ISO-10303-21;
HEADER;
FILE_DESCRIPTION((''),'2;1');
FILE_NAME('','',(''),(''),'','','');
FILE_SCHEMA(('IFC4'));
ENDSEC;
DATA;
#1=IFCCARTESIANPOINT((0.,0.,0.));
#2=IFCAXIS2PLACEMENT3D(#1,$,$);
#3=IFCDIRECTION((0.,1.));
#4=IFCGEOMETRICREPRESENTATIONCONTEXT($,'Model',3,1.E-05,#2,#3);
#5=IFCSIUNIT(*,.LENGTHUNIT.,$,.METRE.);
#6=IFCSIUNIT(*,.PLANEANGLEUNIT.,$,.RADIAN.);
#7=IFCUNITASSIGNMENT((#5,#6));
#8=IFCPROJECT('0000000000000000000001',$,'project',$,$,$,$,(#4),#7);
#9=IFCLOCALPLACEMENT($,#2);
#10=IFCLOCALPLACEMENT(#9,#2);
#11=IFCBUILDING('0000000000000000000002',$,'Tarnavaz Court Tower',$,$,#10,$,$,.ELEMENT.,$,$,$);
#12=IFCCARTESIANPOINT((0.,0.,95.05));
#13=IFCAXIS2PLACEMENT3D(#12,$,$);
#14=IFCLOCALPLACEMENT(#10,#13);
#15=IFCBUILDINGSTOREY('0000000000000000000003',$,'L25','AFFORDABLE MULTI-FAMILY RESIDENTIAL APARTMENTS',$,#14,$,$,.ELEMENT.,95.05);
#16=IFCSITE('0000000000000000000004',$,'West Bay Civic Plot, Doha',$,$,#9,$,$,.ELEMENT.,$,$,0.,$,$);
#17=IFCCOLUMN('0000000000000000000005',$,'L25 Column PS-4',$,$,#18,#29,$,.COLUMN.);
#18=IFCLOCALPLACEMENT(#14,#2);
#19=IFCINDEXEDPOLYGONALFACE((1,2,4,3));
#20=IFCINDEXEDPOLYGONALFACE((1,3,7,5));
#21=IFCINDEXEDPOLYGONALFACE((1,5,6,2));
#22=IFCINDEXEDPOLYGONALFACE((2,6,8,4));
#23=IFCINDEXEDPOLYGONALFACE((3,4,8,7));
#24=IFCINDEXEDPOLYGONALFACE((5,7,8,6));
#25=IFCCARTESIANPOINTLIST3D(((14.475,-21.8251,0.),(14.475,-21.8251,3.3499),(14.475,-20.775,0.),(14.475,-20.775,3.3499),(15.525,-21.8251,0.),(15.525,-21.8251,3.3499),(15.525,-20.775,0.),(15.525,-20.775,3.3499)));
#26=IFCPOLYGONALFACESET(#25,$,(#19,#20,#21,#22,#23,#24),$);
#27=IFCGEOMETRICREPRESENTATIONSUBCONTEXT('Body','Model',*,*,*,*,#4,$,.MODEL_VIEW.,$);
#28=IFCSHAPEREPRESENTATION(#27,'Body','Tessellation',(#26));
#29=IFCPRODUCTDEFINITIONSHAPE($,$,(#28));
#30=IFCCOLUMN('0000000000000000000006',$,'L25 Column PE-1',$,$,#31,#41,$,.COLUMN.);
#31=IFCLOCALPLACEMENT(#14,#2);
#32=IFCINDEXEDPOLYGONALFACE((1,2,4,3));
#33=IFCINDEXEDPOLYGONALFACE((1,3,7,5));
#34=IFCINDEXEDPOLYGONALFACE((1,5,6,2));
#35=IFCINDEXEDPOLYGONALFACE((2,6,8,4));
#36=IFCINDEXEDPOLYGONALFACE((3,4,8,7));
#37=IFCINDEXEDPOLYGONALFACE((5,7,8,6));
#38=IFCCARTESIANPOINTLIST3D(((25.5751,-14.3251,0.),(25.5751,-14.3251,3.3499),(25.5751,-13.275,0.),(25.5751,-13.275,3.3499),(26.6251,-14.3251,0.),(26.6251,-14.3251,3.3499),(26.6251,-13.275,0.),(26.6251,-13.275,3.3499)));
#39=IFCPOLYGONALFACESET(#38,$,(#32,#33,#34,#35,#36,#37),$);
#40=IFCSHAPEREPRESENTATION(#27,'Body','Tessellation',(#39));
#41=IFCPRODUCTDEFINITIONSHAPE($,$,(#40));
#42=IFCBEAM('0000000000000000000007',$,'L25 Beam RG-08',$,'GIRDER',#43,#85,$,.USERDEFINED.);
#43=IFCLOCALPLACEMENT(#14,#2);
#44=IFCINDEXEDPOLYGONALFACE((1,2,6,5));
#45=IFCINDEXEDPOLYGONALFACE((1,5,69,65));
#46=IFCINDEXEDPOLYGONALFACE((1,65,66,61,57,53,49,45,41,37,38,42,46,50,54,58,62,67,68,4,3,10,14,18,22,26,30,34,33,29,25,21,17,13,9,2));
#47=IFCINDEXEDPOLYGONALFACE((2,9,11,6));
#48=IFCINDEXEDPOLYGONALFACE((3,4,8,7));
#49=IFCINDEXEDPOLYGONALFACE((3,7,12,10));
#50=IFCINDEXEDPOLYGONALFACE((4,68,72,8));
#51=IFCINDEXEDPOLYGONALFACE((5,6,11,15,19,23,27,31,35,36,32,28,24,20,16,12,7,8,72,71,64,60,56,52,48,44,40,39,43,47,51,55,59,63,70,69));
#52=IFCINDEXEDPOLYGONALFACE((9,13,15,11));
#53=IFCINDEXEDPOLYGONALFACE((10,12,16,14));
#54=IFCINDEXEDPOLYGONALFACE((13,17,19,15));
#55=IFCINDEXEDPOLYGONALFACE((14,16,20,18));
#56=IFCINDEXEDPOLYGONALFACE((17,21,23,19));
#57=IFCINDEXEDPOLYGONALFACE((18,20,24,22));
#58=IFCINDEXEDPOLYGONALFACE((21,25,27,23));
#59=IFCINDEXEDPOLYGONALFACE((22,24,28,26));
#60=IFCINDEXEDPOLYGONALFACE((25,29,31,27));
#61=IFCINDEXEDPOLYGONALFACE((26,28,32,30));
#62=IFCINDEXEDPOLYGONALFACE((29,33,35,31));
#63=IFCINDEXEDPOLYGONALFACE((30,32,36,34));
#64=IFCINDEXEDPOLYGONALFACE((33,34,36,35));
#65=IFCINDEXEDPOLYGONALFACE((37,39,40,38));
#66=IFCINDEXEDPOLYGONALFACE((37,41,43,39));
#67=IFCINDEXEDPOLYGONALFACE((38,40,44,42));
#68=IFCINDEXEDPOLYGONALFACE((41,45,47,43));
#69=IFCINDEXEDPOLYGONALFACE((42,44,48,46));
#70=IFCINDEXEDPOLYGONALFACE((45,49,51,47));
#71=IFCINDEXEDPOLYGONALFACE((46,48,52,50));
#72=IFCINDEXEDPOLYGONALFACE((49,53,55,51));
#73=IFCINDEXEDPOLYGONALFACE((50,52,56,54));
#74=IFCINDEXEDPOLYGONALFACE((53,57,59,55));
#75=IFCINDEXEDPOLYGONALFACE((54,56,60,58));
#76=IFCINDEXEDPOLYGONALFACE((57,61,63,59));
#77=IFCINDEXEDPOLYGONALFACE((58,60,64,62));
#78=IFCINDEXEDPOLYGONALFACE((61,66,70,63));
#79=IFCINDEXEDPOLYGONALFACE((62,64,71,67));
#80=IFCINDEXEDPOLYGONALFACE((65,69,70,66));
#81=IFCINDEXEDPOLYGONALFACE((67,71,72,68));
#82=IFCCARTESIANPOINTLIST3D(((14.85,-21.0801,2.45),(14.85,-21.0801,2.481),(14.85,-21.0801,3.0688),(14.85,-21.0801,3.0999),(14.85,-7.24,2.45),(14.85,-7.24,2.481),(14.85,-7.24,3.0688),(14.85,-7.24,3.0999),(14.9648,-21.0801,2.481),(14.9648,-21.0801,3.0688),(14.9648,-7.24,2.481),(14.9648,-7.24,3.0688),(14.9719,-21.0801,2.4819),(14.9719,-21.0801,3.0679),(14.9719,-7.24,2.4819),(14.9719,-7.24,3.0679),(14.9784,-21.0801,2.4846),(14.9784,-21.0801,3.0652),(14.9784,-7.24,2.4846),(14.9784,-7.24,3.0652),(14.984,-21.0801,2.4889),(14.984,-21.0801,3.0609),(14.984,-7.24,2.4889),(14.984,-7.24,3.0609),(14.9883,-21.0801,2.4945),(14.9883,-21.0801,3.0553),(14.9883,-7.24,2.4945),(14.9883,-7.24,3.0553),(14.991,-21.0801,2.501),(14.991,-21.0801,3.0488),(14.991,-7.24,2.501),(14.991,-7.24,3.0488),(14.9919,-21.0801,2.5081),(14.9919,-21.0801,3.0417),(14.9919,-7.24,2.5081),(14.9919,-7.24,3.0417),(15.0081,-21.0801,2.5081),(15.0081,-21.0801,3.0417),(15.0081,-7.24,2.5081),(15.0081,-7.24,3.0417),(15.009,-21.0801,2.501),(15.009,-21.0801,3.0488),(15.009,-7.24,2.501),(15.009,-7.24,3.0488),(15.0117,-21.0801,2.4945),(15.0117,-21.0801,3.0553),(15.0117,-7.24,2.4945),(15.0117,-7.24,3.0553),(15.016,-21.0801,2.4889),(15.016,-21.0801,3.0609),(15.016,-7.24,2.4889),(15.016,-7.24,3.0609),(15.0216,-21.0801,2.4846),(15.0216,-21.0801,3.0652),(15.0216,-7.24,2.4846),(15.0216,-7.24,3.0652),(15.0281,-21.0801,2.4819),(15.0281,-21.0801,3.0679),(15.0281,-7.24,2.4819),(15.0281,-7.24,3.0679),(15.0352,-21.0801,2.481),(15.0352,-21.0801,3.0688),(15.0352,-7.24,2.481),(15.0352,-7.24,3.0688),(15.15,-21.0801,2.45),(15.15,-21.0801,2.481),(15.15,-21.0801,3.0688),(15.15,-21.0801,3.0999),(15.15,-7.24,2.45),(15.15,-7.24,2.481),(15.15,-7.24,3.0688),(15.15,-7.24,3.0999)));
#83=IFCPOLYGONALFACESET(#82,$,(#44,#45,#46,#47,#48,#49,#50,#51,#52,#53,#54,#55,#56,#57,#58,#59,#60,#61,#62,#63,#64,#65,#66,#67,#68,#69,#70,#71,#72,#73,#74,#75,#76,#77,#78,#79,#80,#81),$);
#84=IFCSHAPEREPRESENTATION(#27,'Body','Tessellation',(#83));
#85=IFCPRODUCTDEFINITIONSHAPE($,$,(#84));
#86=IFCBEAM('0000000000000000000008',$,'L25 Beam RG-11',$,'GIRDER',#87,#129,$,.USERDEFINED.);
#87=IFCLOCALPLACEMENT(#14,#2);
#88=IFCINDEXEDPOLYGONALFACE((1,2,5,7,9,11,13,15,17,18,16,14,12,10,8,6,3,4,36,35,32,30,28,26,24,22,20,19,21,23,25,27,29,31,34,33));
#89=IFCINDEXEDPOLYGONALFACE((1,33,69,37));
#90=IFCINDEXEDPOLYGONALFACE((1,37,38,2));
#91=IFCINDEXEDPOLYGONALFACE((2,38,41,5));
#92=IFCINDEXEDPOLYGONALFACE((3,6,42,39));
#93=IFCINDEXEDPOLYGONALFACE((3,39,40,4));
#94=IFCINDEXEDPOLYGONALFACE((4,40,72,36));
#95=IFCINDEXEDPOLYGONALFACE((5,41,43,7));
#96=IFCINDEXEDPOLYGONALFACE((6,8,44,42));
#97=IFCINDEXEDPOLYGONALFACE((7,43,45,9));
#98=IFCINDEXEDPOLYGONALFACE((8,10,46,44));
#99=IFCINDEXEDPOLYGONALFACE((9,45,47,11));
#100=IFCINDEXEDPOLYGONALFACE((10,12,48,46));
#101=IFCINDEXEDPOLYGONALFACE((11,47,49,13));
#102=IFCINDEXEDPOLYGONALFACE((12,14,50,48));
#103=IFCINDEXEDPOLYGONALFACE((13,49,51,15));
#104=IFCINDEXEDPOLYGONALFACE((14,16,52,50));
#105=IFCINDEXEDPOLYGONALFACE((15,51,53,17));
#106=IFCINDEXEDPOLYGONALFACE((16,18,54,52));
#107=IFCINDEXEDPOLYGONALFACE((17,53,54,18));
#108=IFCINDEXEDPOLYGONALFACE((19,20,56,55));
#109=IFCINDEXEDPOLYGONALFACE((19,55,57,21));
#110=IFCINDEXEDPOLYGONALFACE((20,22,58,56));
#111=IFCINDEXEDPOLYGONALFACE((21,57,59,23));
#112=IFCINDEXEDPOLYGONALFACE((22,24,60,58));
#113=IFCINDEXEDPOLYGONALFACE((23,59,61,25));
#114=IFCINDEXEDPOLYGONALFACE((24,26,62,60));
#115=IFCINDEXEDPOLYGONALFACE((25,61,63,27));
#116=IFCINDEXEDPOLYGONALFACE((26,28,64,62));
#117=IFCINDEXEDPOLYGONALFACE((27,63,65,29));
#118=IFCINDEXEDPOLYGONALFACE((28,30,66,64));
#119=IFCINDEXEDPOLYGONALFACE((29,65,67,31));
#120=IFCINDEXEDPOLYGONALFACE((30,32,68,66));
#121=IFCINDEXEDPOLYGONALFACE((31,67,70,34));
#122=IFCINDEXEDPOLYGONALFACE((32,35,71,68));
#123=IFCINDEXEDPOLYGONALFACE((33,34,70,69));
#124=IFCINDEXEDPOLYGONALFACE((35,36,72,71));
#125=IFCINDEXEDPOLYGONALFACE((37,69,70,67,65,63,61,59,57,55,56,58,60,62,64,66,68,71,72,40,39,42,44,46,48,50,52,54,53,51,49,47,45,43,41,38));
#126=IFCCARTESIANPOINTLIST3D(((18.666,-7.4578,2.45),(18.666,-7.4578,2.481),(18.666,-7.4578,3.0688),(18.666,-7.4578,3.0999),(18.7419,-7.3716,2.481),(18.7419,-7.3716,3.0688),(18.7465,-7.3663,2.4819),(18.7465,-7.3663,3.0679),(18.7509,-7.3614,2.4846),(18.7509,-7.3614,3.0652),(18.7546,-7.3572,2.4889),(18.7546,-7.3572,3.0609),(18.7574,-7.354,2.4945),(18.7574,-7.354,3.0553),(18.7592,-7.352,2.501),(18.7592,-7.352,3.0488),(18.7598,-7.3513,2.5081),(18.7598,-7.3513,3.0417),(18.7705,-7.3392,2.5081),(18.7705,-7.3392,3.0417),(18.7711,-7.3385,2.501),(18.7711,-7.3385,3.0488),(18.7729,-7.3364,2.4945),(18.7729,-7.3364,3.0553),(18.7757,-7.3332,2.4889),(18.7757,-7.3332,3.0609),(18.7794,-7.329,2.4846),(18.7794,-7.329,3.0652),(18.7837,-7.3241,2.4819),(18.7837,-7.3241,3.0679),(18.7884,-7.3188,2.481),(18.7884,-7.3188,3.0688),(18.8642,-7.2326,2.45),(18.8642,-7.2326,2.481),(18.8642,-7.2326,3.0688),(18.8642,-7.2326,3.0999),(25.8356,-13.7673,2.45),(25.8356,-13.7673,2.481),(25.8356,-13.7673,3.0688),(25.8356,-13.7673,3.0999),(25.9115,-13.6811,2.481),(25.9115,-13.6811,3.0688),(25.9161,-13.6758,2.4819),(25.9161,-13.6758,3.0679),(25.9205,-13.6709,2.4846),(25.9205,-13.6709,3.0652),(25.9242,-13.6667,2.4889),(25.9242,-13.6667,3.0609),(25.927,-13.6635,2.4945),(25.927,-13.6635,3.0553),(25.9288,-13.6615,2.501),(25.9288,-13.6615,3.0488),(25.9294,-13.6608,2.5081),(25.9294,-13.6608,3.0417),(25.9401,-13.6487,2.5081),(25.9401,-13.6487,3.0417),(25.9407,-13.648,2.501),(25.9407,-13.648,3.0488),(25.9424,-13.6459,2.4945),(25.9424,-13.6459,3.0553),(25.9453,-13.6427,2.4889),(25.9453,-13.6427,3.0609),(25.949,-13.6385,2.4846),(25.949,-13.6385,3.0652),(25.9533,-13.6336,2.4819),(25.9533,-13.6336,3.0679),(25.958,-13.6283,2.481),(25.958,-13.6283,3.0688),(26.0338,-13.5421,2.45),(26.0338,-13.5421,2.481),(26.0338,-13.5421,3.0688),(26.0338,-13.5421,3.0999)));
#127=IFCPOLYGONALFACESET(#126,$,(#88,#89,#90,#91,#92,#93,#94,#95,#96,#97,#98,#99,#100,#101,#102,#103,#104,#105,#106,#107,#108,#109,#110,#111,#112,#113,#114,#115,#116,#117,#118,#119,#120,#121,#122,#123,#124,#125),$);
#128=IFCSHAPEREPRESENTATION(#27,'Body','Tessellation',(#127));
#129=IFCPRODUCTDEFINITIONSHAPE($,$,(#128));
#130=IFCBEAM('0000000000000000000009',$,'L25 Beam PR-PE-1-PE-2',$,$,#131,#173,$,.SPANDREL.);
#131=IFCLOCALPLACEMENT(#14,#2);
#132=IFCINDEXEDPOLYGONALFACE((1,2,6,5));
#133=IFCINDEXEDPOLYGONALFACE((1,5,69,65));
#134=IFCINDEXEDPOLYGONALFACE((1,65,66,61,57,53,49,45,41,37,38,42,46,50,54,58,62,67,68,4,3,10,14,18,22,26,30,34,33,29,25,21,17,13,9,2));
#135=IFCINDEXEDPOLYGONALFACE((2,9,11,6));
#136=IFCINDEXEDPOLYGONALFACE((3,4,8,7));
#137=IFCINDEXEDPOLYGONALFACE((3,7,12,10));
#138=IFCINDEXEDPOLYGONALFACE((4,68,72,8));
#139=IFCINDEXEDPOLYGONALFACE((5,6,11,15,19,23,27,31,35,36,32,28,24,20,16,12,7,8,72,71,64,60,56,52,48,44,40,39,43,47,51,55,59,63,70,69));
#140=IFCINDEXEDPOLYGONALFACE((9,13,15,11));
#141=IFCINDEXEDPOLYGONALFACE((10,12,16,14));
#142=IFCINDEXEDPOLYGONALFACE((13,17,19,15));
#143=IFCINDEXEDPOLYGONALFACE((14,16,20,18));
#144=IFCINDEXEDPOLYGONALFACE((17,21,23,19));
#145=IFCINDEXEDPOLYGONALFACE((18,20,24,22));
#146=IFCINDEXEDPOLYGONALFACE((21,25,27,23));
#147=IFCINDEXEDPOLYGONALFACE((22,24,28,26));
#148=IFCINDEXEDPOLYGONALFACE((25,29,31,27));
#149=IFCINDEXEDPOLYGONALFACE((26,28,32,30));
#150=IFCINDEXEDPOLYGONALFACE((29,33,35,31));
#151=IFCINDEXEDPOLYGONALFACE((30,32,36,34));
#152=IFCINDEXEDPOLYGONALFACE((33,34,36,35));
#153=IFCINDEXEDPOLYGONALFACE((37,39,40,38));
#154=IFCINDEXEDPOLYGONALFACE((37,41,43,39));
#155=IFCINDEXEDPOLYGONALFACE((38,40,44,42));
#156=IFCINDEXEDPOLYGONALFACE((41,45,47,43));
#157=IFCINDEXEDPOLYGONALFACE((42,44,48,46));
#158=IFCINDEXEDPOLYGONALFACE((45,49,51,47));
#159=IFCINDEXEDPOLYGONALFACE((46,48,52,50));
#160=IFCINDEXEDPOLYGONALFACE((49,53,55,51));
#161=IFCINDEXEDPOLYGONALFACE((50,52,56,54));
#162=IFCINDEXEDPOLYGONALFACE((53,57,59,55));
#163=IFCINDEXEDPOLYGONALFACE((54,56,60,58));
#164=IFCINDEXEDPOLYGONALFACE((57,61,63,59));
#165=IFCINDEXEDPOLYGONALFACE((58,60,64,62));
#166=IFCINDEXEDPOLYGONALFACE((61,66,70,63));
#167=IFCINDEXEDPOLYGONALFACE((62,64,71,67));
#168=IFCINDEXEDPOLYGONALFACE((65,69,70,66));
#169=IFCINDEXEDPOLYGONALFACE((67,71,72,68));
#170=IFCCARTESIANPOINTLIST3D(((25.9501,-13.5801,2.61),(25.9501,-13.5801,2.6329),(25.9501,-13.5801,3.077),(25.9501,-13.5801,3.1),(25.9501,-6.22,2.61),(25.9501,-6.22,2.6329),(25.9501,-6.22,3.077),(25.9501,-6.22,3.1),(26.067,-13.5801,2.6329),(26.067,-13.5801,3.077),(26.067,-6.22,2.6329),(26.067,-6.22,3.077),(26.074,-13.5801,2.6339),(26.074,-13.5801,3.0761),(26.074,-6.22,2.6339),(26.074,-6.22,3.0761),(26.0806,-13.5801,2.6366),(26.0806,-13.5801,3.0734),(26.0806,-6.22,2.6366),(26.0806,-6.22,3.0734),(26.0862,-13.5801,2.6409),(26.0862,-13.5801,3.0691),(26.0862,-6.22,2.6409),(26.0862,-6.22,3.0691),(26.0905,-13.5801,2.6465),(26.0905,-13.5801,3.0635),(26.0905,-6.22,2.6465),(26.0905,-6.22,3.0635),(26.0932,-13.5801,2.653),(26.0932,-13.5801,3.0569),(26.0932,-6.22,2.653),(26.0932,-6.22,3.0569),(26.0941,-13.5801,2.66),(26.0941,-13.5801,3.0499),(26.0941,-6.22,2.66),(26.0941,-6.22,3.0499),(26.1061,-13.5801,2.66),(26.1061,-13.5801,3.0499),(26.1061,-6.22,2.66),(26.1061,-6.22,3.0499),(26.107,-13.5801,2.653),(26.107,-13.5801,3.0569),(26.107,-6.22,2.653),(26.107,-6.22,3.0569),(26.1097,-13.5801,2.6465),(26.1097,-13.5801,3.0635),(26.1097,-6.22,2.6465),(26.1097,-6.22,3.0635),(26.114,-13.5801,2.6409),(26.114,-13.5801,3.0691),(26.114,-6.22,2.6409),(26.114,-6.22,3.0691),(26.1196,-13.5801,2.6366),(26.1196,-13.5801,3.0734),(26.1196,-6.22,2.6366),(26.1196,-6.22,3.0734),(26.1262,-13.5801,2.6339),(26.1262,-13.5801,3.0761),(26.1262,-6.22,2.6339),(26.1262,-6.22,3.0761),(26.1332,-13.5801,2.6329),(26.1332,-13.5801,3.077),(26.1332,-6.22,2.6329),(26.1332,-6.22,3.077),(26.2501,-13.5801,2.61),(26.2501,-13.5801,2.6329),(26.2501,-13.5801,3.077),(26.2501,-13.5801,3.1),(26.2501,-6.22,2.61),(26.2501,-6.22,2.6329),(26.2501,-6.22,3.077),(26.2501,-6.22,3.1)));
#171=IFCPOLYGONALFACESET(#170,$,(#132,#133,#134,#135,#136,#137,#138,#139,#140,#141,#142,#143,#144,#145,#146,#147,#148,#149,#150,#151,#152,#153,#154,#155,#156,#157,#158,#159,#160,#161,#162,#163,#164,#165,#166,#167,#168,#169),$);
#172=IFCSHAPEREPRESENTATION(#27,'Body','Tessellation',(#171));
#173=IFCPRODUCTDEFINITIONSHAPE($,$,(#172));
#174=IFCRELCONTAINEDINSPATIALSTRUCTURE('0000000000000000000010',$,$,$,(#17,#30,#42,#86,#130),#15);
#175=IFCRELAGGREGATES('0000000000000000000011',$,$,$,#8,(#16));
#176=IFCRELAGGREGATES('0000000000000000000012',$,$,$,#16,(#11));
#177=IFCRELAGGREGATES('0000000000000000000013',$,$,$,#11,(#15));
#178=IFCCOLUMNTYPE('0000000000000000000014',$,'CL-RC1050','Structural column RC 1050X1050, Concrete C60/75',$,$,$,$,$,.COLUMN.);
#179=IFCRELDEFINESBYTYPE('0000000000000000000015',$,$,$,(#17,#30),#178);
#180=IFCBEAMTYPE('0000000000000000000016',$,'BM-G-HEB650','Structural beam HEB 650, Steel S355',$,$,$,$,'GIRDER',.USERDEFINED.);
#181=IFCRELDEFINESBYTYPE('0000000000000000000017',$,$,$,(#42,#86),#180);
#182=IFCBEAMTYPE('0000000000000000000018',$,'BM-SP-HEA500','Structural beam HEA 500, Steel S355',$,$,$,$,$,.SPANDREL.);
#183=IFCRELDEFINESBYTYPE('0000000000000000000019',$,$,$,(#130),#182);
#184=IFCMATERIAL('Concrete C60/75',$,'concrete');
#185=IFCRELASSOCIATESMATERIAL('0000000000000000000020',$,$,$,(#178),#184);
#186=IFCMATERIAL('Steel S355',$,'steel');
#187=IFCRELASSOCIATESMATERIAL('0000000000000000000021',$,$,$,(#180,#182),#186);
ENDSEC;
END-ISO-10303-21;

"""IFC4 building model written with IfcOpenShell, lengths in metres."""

from ifc_helpers import new_model, si_unit, direction, frame, origin, origin_2d, place, context, subcontext, project, spatial, rectangle, i_section, extrude, material, material_profile, profile_set, type_object, element, save


model = new_model("IFC4")

# Units and contexts
model_context = context("Model", 3, precision=1e-05, world=origin(), true_north=direction((0.0, 1.0)))
body_context = subcontext(model_context, "Body", "Model", "MODEL_VIEW")
ifc_project = project(units=[si_unit("LENGTHUNIT", "METRE"), si_unit("PLANEANGLEUNIT", "RADIAN")], contexts=[model_context])

# Site, building, storey
site_placement = place(None, origin())
site = spatial("IfcSite", under=ifc_project, at=site_placement, Name="West Bay Civic Plot, Doha", CompositionType="ELEMENT", RefElevation=0.0)
building_placement = place(site_placement, origin())
building = spatial("IfcBuilding", under=site, at=building_placement, Name="Tarnavaz Court Tower", CompositionType="ELEMENT")
storey_placement = place(building_placement, frame((0.0, 0.0, 95.05)))
storey = spatial("IfcBuildingStorey", under=building, at=storey_placement, Name="L25", Description="AFFORDABLE MULTI-FAMILY RESIDENTIAL APARTMENTS", CompositionType="ELEMENT", Elevation=95.05)

# Columns
ifc_material_1 = material(Name="Concrete C60/75", Category="concrete")
ifc_material_profile_1 = material_profile(ifc_material_1, rectangle(XDim=1.05, YDim=1.05, at=origin_2d()), Name="RC 1050X1050")
ifc_profile_set_1 = profile_set([ifc_material_profile_1], Name="Concrete C60/75")
column_type = type_object("IfcColumnType", Name="CL-RC1050", Description="Structural column RC 1050X1050, Concrete C60/75", PredefinedType="COLUMN", material=ifc_profile_set_1)
for number, where, z_axis, x_axis, name in (
    (1, (15.0, -21.3, 0.0), (0.0, 0.0, 1.0), (1.0, 0.0, 0.0), "L25 Column PS-4"),
    (2, (26.1001, -13.8, 0.0), (0.0, 0.0, 1.0), (1.0, 0.0, 0.0), "L25 Column PE-1"),
):
    element("IfcColumn", number, at=place(storey_placement, frame(where, z_axis=z_axis, x_axis=x_axis)), inside=storey, type_object=column_type, Name=name, PredefinedType="COLUMN", context=body_context, shape_type="SweptSolid", body=[
        extrude(rectangle(XDim=1.05, YDim=1.05, at=origin_2d()), origin(), (0.0, 0.0, 1.0), 3.3499),
    ])

# Beams
ifc_material_2 = material(Name="Steel S355", Category="steel")
ifc_material_profile_2 = material_profile(ifc_material_2, i_section(OverallWidth=0.3, OverallDepth=0.6499, WebThickness=0.0161, FlangeThickness=0.031, FilletRadius=0.0271, at=origin_2d()), Name="HEB 650")
ifc_profile_set_2 = profile_set([ifc_material_profile_2], Name="Steel S355")
beam_type_1 = type_object("IfcBeamType", Name="BM-G-HEB650", Description="Structural beam HEB 650, Steel S355", ElementType="GIRDER", PredefinedType="USERDEFINED", material=ifc_profile_set_2)
beam_1_placement = place(storey_placement, frame((15.0, -7.24, 2.7749), z_axis=(0.0, -1.0, 0.0), x_axis=(1.0, 0.0, 0.0)))
element("IfcBeam", 3, at=beam_1_placement, inside=storey, type_object=beam_type_1, Name="L25 Beam RG-08", ObjectType="GIRDER", PredefinedType="USERDEFINED", context=body_context, shape_type="SweptSolid", body=[
    extrude(i_section(OverallWidth=0.3, OverallDepth=0.6499, WebThickness=0.0161, FlangeThickness=0.031, FilletRadius=0.0271, at=origin_2d()), origin(), (0.0, 0.0, 1.0), 13.8401),
])
beam_2_placement = place(storey_placement, frame((18.7651, -7.3452, 2.7749), z_axis=(0.7507, -0.660643, 0.0), x_axis=(0.660643, 0.7507, 0.0)))
element("IfcBeam", 4, at=beam_2_placement, inside=storey, type_object=beam_type_1, Name="L25 Beam RG-11", ObjectType="GIRDER", PredefinedType="USERDEFINED", context=body_context, shape_type="SweptSolid", body=[
    extrude(i_section(OverallWidth=0.3, OverallDepth=0.6499, WebThickness=0.0161, FlangeThickness=0.031, FilletRadius=0.0271, at=origin_2d()), origin(), (0.0, 0.0, 1.0), 9.5505),
])
ifc_material_profile_3 = material_profile(ifc_material_2, i_section(OverallWidth=0.3, OverallDepth=0.49, WebThickness=0.012, FlangeThickness=0.0229, FilletRadius=0.0271, at=origin_2d()), Name="HEA 500")
ifc_profile_set_3 = profile_set([ifc_material_profile_3], Name="Steel S355")
beam_type_2 = type_object("IfcBeamType", Name="BM-SP-HEA500", Description="Structural beam HEA 500, Steel S355", PredefinedType="SPANDREL", material=ifc_profile_set_3)
beam_3_placement = place(storey_placement, frame((26.1001, -13.5801, 2.855), z_axis=(0.0, 1.0, 0.0), x_axis=(-1.0, 0.0, 0.0)))
element("IfcBeam", 5, at=beam_3_placement, inside=storey, type_object=beam_type_2, Name="L25 Beam PR-PE-1-PE-2", PredefinedType="SPANDREL", context=body_context, shape_type="SweptSolid", body=[
    extrude(i_section(OverallWidth=0.3, OverallDepth=0.49, WebThickness=0.012, FlangeThickness=0.0229, FilletRadius=0.0271, at=origin_2d()), origin(), (0.0, 0.0, 1.0), 7.3601),
])

save(model, "model.ifc")
